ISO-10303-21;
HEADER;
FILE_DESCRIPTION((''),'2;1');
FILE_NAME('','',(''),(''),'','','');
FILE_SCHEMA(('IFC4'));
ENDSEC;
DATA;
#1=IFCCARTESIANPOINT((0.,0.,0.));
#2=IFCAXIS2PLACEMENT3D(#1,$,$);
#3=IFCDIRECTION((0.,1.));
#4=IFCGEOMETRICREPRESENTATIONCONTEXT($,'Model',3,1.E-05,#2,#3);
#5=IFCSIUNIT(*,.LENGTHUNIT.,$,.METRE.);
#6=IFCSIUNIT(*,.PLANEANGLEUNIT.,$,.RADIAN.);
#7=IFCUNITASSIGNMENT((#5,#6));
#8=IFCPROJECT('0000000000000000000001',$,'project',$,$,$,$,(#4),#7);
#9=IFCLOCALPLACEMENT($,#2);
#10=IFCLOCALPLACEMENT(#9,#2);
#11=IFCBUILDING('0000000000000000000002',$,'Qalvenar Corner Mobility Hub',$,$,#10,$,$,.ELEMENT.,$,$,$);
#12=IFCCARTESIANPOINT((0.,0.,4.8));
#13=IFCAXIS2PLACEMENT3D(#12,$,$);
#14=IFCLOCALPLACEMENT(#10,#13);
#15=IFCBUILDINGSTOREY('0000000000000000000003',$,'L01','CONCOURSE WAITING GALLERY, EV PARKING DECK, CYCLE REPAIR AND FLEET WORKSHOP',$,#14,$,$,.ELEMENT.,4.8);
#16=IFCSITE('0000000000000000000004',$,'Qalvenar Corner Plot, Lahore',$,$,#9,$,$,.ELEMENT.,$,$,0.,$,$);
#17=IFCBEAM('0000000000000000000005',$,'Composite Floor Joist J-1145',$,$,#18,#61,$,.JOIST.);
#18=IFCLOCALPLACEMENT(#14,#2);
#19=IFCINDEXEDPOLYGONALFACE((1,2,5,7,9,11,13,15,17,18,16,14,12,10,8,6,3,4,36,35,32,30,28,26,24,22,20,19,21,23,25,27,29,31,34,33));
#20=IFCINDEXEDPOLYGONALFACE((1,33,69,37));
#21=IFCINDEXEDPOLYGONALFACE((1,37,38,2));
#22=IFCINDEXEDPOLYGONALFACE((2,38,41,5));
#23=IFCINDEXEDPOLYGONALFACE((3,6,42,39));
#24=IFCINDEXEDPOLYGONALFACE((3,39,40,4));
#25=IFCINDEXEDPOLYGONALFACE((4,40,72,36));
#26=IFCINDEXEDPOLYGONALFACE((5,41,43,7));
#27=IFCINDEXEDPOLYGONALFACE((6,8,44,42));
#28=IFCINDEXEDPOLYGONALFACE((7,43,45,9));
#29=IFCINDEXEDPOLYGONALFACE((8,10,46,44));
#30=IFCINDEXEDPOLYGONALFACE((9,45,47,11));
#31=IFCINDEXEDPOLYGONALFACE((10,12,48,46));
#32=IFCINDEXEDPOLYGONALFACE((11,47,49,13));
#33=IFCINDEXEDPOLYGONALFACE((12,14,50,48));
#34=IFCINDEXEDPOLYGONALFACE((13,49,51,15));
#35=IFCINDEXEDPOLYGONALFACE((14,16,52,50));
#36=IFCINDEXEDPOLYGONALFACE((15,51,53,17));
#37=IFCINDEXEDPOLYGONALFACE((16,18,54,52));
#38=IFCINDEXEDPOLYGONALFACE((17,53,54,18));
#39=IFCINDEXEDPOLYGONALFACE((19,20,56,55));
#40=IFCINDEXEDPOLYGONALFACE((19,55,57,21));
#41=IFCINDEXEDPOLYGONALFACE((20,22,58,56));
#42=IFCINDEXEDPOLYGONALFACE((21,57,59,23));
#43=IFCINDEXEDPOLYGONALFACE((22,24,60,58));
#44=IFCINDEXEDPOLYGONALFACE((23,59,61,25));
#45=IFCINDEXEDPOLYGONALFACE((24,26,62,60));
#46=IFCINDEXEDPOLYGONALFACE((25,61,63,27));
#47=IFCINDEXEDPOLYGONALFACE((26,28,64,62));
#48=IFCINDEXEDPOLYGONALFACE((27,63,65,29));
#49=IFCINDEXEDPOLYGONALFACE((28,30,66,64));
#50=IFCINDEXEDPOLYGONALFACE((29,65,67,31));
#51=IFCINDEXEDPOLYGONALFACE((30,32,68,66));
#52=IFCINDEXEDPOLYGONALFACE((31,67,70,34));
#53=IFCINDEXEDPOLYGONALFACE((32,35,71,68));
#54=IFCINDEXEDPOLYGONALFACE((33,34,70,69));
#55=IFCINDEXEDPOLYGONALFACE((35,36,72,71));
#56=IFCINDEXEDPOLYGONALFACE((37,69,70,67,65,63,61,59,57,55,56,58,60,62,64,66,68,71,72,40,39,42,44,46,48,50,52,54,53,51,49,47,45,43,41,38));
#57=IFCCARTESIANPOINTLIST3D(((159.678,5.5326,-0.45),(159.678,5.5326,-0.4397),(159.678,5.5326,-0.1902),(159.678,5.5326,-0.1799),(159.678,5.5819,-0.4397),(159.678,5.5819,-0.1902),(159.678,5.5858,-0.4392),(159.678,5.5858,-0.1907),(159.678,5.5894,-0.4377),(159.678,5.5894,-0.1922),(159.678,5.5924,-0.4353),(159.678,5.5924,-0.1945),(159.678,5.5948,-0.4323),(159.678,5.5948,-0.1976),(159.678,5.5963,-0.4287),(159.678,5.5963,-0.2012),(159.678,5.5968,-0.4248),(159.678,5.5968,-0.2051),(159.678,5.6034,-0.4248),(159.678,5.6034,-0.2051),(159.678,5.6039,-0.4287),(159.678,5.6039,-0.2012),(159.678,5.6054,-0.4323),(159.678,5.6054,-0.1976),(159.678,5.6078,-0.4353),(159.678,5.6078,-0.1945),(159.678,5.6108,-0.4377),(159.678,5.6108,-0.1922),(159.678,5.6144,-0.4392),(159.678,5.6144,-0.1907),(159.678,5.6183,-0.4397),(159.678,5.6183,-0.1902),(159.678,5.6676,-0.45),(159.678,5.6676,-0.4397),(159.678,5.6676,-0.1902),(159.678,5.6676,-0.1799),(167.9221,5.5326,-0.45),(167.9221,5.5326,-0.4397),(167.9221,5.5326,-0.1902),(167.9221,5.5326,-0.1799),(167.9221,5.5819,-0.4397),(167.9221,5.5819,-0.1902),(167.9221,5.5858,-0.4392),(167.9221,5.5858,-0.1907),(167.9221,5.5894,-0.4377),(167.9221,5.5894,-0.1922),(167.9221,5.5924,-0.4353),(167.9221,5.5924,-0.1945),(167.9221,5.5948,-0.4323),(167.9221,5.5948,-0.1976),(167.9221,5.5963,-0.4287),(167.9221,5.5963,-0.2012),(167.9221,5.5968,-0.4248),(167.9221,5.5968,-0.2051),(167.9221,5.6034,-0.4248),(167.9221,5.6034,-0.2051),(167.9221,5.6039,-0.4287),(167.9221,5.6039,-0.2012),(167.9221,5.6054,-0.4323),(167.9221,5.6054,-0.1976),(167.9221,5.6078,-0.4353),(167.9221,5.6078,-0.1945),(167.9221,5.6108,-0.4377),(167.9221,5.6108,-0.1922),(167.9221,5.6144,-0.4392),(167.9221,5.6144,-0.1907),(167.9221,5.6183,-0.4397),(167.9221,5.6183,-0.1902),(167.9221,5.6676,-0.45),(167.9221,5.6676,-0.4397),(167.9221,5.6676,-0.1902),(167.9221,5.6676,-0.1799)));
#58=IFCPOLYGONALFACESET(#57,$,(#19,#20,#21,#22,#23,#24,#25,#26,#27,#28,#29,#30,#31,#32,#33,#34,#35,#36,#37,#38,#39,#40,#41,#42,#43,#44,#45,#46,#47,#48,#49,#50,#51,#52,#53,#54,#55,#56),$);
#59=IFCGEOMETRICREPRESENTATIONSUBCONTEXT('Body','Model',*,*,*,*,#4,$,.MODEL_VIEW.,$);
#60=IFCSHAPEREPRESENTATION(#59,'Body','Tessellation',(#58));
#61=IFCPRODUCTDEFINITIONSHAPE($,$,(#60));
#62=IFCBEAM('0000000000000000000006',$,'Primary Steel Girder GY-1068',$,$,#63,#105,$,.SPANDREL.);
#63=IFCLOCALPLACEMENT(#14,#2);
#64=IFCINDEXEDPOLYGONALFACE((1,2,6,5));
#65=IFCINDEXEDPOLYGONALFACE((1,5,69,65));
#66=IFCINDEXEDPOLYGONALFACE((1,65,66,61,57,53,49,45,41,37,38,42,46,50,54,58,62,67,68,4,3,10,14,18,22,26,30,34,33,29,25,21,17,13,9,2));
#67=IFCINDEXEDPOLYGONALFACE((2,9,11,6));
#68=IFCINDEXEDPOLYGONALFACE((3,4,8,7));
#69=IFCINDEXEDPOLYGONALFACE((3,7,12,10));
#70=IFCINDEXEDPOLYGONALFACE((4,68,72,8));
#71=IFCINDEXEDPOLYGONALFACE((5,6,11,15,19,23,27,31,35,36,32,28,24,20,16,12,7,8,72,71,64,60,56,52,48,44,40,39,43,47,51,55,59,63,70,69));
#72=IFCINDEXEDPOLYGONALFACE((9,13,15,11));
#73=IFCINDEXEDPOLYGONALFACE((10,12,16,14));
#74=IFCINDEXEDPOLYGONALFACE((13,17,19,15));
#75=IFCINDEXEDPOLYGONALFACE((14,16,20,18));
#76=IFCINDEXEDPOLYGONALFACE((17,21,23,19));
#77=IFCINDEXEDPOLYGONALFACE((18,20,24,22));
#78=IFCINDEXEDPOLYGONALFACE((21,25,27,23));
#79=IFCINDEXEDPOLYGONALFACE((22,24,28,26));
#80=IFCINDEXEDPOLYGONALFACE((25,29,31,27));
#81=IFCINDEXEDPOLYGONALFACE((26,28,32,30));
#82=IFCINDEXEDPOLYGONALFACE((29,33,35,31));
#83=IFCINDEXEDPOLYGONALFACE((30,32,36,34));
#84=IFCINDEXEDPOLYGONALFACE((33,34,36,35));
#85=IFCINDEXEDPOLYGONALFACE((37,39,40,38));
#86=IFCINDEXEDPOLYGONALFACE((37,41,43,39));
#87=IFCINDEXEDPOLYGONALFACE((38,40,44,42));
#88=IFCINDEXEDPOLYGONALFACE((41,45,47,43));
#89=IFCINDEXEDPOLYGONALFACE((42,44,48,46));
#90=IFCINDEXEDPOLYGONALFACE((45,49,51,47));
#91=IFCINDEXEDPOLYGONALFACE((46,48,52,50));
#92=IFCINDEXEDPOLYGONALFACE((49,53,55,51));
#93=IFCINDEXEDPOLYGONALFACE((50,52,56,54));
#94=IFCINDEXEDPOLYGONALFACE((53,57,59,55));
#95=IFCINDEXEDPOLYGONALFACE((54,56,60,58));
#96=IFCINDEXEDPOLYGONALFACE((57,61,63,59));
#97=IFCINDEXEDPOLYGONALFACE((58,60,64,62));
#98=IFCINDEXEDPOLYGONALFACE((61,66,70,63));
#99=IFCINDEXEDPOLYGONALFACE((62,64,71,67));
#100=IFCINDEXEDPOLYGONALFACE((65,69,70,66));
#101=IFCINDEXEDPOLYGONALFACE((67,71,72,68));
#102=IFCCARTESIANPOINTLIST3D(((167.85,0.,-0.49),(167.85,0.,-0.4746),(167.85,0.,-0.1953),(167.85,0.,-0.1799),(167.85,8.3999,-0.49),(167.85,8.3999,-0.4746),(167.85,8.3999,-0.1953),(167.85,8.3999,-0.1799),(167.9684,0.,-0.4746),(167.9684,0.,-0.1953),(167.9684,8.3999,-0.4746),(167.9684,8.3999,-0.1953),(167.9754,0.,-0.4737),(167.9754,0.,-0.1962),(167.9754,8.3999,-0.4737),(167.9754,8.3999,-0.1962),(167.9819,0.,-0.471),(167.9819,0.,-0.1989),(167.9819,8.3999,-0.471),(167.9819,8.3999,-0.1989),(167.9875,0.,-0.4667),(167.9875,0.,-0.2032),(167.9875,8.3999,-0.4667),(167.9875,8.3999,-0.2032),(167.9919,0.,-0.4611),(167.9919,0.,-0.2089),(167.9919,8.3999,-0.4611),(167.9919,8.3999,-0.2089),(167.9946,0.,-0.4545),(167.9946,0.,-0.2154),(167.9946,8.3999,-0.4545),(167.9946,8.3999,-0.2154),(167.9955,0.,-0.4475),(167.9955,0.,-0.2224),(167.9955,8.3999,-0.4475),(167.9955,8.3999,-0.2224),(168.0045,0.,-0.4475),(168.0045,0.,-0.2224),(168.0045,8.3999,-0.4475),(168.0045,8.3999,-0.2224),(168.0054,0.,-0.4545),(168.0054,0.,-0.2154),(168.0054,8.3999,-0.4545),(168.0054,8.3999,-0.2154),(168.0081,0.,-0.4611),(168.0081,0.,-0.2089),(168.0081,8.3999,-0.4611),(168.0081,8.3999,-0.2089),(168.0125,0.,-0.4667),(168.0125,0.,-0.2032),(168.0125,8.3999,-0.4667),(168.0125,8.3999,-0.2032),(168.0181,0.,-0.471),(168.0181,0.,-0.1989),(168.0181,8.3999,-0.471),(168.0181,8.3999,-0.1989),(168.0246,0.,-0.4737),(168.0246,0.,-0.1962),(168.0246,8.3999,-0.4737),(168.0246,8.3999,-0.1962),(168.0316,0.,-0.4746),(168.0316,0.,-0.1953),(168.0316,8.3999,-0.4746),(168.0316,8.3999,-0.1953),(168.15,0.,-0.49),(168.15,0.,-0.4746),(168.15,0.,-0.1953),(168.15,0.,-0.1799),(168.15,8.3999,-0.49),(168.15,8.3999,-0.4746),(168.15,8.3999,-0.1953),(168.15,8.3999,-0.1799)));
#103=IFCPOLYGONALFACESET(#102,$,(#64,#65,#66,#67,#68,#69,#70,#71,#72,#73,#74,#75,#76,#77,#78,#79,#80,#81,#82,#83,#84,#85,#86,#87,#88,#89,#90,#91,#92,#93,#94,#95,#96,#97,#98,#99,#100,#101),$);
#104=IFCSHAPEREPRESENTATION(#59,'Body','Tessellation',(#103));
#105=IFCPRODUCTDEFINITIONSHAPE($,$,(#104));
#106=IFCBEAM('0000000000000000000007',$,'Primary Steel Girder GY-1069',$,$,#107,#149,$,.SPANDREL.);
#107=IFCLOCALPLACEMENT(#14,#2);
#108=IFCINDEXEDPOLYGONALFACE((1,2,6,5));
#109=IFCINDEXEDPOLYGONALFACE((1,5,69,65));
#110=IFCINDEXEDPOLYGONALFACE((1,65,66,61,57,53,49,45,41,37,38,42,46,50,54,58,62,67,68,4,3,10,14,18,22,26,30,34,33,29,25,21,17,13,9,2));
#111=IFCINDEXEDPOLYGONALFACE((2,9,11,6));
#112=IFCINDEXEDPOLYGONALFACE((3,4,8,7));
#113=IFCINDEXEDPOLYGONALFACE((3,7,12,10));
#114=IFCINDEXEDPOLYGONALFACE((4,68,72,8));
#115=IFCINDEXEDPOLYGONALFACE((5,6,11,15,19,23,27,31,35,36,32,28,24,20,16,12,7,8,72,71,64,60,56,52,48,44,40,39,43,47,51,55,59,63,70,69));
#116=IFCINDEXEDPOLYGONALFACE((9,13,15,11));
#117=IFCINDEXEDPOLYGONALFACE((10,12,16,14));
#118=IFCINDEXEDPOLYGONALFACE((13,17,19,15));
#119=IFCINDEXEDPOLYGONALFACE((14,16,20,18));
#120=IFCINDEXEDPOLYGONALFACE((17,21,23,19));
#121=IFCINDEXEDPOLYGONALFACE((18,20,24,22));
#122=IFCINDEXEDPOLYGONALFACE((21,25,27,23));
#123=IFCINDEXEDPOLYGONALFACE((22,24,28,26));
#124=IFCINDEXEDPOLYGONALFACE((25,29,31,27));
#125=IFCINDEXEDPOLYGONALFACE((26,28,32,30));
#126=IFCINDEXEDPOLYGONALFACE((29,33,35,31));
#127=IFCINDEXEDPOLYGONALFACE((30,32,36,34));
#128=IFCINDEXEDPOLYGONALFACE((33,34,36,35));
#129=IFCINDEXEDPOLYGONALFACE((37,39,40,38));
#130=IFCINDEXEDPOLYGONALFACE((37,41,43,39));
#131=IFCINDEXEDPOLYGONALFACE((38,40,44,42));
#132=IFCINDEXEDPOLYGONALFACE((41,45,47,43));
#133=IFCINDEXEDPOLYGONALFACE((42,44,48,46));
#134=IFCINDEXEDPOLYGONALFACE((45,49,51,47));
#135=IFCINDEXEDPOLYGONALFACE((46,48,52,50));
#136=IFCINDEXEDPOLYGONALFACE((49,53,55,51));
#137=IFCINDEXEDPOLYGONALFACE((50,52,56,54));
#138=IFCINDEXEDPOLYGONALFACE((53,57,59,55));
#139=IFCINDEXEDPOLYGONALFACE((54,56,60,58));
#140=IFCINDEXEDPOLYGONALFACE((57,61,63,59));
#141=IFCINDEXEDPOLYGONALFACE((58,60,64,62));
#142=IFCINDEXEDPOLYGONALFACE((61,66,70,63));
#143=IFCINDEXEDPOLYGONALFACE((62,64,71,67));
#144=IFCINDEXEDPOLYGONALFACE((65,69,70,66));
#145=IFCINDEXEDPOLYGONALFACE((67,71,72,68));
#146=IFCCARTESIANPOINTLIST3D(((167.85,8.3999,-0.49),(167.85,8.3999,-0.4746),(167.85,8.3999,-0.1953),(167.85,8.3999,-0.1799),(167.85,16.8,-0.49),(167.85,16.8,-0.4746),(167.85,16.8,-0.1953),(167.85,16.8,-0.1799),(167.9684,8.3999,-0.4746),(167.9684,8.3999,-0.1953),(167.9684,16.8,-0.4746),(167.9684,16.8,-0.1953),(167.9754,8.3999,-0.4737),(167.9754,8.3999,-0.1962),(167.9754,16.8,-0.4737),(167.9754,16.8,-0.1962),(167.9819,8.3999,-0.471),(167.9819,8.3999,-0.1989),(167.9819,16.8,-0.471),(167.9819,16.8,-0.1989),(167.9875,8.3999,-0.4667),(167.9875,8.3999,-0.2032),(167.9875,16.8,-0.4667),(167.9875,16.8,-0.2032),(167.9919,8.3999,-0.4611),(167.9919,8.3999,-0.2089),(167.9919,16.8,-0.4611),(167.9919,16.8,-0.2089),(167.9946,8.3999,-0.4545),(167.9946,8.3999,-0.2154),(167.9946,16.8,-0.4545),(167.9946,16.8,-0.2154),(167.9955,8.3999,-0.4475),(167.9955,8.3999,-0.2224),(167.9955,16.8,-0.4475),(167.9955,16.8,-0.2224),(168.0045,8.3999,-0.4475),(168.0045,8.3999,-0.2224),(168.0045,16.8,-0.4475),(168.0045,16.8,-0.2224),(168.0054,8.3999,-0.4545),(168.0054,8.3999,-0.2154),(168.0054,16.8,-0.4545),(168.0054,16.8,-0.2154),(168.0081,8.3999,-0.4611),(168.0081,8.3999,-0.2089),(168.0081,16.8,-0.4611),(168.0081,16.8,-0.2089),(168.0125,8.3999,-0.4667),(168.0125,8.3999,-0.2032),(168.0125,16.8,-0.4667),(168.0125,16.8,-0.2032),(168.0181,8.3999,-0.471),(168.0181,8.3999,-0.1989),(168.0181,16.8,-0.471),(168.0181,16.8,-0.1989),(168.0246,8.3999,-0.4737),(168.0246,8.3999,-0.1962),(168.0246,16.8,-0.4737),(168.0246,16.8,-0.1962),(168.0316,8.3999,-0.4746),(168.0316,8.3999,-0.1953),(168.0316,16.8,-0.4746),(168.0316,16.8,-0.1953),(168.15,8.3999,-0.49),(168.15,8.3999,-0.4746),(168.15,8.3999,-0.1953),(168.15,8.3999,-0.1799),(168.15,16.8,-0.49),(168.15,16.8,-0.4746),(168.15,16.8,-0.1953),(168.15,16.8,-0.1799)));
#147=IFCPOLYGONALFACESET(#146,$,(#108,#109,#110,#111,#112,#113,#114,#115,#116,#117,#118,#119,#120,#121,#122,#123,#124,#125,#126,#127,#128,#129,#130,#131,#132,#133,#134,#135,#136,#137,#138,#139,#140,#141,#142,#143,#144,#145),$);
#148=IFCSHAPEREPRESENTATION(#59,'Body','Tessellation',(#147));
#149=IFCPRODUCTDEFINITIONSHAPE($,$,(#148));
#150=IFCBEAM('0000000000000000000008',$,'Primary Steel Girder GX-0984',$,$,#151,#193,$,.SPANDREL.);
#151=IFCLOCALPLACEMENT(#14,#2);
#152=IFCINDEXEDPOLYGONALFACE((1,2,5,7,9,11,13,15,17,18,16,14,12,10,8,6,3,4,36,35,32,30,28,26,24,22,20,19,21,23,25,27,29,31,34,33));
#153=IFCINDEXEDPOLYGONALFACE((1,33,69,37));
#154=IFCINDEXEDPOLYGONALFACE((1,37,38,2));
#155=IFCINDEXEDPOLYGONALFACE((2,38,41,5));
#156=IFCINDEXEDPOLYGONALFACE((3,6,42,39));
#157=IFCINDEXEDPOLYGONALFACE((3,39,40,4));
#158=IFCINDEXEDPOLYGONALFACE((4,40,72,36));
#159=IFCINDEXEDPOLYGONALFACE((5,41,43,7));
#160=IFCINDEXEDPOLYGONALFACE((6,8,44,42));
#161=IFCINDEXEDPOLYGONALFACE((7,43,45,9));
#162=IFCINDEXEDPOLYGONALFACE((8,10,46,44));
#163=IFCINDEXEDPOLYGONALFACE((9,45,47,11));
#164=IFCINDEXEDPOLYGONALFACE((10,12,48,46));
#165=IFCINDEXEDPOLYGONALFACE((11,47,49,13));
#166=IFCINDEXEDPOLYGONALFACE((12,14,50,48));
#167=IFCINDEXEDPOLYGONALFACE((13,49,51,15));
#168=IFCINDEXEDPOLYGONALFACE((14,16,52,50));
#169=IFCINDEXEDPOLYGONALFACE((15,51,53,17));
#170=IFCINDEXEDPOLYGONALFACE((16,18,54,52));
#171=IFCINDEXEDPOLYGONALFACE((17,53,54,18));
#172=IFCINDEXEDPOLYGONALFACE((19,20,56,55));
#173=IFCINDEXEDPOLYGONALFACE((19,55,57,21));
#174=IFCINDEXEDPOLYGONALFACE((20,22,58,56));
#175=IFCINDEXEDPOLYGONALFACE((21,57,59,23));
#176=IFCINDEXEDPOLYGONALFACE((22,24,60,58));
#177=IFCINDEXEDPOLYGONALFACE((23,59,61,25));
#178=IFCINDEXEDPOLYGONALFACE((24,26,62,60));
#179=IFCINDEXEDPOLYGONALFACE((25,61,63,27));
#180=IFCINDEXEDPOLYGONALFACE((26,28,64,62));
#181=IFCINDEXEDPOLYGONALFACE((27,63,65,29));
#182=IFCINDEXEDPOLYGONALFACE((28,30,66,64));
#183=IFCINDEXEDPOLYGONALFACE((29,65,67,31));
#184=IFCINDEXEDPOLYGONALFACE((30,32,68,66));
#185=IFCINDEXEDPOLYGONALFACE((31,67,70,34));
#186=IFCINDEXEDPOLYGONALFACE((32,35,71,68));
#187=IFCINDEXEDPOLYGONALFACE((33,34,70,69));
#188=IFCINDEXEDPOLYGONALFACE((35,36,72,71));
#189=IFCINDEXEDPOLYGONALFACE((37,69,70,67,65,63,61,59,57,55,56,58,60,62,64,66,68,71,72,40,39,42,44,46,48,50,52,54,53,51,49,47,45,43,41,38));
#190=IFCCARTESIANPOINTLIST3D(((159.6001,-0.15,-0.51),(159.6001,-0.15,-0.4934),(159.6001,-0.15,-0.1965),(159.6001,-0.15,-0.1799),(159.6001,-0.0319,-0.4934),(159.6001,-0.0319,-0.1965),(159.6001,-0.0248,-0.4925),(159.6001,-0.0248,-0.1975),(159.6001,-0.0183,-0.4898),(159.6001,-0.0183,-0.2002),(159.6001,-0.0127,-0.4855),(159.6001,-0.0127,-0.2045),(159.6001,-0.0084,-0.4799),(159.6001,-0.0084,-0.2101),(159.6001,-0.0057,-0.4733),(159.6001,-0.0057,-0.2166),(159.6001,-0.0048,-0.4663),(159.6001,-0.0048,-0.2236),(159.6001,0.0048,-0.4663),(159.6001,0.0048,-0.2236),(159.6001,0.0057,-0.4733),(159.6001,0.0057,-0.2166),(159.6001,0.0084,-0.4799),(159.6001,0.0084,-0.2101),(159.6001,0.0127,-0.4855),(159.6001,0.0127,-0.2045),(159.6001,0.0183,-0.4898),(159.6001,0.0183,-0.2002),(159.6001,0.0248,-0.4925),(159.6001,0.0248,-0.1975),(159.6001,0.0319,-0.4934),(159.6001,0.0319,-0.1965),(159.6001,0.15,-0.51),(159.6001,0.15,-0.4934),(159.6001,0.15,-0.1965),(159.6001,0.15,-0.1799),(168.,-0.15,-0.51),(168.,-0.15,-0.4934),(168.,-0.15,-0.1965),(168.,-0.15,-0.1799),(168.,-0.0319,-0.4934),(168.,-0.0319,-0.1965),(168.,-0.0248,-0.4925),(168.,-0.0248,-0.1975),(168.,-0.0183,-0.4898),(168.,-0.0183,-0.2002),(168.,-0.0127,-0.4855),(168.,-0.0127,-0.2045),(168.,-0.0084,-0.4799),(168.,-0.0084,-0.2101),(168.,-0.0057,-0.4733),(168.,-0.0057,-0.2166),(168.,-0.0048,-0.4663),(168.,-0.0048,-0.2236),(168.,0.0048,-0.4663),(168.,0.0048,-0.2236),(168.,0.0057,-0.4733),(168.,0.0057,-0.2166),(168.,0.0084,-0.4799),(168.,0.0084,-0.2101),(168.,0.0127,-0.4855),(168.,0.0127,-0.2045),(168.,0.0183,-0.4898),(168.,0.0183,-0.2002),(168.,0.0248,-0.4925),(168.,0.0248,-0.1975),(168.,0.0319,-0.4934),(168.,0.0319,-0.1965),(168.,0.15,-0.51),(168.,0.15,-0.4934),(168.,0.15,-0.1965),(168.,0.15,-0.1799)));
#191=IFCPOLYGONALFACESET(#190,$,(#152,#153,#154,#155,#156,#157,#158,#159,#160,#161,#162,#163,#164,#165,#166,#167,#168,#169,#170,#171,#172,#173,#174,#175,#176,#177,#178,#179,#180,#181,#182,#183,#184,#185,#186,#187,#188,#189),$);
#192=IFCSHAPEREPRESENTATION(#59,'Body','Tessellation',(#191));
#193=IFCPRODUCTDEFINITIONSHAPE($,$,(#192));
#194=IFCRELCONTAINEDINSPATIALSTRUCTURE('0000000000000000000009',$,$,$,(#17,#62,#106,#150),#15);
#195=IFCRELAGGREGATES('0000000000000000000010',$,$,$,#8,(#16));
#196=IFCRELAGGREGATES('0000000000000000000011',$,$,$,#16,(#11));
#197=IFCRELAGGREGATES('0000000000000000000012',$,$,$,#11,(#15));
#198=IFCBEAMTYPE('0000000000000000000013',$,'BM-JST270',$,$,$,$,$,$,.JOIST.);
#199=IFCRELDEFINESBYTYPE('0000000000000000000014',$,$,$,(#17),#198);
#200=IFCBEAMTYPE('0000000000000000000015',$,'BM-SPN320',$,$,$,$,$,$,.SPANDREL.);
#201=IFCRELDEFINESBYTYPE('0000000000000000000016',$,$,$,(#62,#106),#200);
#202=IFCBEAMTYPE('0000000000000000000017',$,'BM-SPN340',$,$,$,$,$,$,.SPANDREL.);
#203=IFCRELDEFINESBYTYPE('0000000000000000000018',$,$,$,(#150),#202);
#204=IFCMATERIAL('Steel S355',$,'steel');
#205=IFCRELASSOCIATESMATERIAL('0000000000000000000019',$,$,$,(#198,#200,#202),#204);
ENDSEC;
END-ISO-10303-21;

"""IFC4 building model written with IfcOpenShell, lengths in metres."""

from ifc_helpers import new_model, si_unit, direction, frame, origin, origin_2d, place, context, subcontext, project, spatial, i_section, extrude, material, material_profile, profile_set, type_object, element, save


model = new_model("IFC4")

# Units and contexts
model_context = context("Model", 3, precision=1e-05, world=origin(), true_north=direction((0.0, 1.0)))
body_context = subcontext(model_context, "Body", "Model", "MODEL_VIEW")
ifc_project = project(units=[si_unit("LENGTHUNIT", "METRE"), si_unit("PLANEANGLEUNIT", "RADIAN")], contexts=[model_context])

# Site, building, storey
site_placement = place(None, origin())
site = spatial("IfcSite", under=ifc_project, at=site_placement, Name="Qalvenar Corner Plot, Lahore", CompositionType="ELEMENT", RefElevation=0.0)
building_placement = place(site_placement, origin())
building = spatial("IfcBuilding", under=site, at=building_placement, Name="Qalvenar Corner Mobility Hub", CompositionType="ELEMENT")
storey_placement = place(building_placement, frame((0.0, 0.0, 4.8)))
storey = spatial("IfcBuildingStorey", under=building, at=storey_placement, Name="L01", Description="CONCOURSE WAITING GALLERY, EV PARKING DECK, CYCLE REPAIR AND FLEET WORKSHOP", CompositionType="ELEMENT", Elevation=4.8)

# Shared definitions
ifc_material_1 = material(Name="Steel S355", Category="steel")

# Beams
ifc_material_profile_1 = material_profile(ifc_material_1, i_section(OverallWidth=0.135, OverallDepth=0.27, WebThickness=0.0066, FlangeThickness=0.0103, FilletRadius=0.0149, at=origin_2d()), Name="IPE270")
ifc_profile_set_1 = profile_set([ifc_material_profile_1], Name="Steel S355")
beam_type_1 = type_object("IfcBeamType", Name="BM-JST270", PredefinedType="JOIST", material=ifc_profile_set_1)
for number, where, z_axis, x_axis, name in (
    (1, (159.678, 5.6001, -0.3149), (1.0, 0.0, 0.0), (0.0, 1.0, 0.0), "Composite Floor Joist J-1145"),
):
    element("IfcBeam", number, at=place(storey_placement, frame(where, z_axis=z_axis, x_axis=x_axis)), inside=storey, type_object=beam_type_1, Name=name, PredefinedType="JOIST", context=body_context, shape_type="SweptSolid", body=[
        extrude(i_section(OverallWidth=0.135, OverallDepth=0.27, WebThickness=0.0066, FlangeThickness=0.0103, FilletRadius=0.0149, at=origin_2d()), origin(), (0.0, 0.0, 1.0), 8.2441),
    ])
ifc_material_profile_2 = material_profile(ifc_material_1, i_section(OverallWidth=0.3, OverallDepth=0.3101, WebThickness=0.009, FlangeThickness=0.0154, FilletRadius=0.0271, at=origin_2d()), Name="HEA320")
ifc_profile_set_2 = profile_set([ifc_material_profile_2], Name="Steel S355")
beam_type_2 = type_object("IfcBeamType", Name="BM-SPN320", PredefinedType="SPANDREL", material=ifc_profile_set_2)
beam_1_placement = place(storey_placement, frame((168.0, 0.0, -0.335), z_axis=(0.0, 1.0, 0.0), x_axis=(-1.0, 0.0, 0.0)))
element("IfcBeam", 2, at=beam_1_placement, inside=storey, type_object=beam_type_2, Name="Primary Steel Girder GY-1068", PredefinedType="SPANDREL", context=body_context, shape_type="SweptSolid", body=[
    extrude(i_section(OverallWidth=0.3, OverallDepth=0.3101, WebThickness=0.009, FlangeThickness=0.0154, FilletRadius=0.0271, at=origin_2d()), origin(), (0.0, 0.0, 1.0), 8.3999),
])
beam_2_placement = place(storey_placement, frame((168.0, 8.3999, -0.335), z_axis=(0.0, 1.0, 0.0), x_axis=(-1.0, 0.0, 0.0)))
element("IfcBeam", 3, at=beam_2_placement, inside=storey, type_object=beam_type_2, Name="Primary Steel Girder GY-1069", PredefinedType="SPANDREL", context=body_context, shape_type="SweptSolid", body=[
    extrude(i_section(OverallWidth=0.3, OverallDepth=0.3101, WebThickness=0.009, FlangeThickness=0.0154, FilletRadius=0.0271, at=origin_2d()), origin(), (0.0, 0.0, 1.0), 8.4001),
])
ifc_material_profile_3 = material_profile(ifc_material_1, i_section(OverallWidth=0.3, OverallDepth=0.3301, WebThickness=0.0095, FlangeThickness=0.0166, FilletRadius=0.0271, at=origin_2d()), Name="HEA340")
ifc_profile_set_3 = profile_set([ifc_material_profile_3], Name="Steel S355")
beam_type_3 = type_object("IfcBeamType", Name="BM-SPN340", PredefinedType="SPANDREL", material=ifc_profile_set_3)
beam_3_placement = place(storey_placement, frame((159.6001, 0.0, -0.345), z_axis=(1.0, 0.0, 0.0), x_axis=(0.0, 1.0, 0.0)))
element("IfcBeam", 4, at=beam_3_placement, inside=storey, type_object=beam_type_3, Name="Primary Steel Girder GX-0984", PredefinedType="SPANDREL", context=body_context, shape_type="SweptSolid", body=[
    extrude(i_section(OverallWidth=0.3, OverallDepth=0.3301, WebThickness=0.0095, FlangeThickness=0.0166, FilletRadius=0.0271, at=origin_2d()), origin(), (0.0, 0.0, 1.0), 8.3999),
])

save(model, "model.ifc")
